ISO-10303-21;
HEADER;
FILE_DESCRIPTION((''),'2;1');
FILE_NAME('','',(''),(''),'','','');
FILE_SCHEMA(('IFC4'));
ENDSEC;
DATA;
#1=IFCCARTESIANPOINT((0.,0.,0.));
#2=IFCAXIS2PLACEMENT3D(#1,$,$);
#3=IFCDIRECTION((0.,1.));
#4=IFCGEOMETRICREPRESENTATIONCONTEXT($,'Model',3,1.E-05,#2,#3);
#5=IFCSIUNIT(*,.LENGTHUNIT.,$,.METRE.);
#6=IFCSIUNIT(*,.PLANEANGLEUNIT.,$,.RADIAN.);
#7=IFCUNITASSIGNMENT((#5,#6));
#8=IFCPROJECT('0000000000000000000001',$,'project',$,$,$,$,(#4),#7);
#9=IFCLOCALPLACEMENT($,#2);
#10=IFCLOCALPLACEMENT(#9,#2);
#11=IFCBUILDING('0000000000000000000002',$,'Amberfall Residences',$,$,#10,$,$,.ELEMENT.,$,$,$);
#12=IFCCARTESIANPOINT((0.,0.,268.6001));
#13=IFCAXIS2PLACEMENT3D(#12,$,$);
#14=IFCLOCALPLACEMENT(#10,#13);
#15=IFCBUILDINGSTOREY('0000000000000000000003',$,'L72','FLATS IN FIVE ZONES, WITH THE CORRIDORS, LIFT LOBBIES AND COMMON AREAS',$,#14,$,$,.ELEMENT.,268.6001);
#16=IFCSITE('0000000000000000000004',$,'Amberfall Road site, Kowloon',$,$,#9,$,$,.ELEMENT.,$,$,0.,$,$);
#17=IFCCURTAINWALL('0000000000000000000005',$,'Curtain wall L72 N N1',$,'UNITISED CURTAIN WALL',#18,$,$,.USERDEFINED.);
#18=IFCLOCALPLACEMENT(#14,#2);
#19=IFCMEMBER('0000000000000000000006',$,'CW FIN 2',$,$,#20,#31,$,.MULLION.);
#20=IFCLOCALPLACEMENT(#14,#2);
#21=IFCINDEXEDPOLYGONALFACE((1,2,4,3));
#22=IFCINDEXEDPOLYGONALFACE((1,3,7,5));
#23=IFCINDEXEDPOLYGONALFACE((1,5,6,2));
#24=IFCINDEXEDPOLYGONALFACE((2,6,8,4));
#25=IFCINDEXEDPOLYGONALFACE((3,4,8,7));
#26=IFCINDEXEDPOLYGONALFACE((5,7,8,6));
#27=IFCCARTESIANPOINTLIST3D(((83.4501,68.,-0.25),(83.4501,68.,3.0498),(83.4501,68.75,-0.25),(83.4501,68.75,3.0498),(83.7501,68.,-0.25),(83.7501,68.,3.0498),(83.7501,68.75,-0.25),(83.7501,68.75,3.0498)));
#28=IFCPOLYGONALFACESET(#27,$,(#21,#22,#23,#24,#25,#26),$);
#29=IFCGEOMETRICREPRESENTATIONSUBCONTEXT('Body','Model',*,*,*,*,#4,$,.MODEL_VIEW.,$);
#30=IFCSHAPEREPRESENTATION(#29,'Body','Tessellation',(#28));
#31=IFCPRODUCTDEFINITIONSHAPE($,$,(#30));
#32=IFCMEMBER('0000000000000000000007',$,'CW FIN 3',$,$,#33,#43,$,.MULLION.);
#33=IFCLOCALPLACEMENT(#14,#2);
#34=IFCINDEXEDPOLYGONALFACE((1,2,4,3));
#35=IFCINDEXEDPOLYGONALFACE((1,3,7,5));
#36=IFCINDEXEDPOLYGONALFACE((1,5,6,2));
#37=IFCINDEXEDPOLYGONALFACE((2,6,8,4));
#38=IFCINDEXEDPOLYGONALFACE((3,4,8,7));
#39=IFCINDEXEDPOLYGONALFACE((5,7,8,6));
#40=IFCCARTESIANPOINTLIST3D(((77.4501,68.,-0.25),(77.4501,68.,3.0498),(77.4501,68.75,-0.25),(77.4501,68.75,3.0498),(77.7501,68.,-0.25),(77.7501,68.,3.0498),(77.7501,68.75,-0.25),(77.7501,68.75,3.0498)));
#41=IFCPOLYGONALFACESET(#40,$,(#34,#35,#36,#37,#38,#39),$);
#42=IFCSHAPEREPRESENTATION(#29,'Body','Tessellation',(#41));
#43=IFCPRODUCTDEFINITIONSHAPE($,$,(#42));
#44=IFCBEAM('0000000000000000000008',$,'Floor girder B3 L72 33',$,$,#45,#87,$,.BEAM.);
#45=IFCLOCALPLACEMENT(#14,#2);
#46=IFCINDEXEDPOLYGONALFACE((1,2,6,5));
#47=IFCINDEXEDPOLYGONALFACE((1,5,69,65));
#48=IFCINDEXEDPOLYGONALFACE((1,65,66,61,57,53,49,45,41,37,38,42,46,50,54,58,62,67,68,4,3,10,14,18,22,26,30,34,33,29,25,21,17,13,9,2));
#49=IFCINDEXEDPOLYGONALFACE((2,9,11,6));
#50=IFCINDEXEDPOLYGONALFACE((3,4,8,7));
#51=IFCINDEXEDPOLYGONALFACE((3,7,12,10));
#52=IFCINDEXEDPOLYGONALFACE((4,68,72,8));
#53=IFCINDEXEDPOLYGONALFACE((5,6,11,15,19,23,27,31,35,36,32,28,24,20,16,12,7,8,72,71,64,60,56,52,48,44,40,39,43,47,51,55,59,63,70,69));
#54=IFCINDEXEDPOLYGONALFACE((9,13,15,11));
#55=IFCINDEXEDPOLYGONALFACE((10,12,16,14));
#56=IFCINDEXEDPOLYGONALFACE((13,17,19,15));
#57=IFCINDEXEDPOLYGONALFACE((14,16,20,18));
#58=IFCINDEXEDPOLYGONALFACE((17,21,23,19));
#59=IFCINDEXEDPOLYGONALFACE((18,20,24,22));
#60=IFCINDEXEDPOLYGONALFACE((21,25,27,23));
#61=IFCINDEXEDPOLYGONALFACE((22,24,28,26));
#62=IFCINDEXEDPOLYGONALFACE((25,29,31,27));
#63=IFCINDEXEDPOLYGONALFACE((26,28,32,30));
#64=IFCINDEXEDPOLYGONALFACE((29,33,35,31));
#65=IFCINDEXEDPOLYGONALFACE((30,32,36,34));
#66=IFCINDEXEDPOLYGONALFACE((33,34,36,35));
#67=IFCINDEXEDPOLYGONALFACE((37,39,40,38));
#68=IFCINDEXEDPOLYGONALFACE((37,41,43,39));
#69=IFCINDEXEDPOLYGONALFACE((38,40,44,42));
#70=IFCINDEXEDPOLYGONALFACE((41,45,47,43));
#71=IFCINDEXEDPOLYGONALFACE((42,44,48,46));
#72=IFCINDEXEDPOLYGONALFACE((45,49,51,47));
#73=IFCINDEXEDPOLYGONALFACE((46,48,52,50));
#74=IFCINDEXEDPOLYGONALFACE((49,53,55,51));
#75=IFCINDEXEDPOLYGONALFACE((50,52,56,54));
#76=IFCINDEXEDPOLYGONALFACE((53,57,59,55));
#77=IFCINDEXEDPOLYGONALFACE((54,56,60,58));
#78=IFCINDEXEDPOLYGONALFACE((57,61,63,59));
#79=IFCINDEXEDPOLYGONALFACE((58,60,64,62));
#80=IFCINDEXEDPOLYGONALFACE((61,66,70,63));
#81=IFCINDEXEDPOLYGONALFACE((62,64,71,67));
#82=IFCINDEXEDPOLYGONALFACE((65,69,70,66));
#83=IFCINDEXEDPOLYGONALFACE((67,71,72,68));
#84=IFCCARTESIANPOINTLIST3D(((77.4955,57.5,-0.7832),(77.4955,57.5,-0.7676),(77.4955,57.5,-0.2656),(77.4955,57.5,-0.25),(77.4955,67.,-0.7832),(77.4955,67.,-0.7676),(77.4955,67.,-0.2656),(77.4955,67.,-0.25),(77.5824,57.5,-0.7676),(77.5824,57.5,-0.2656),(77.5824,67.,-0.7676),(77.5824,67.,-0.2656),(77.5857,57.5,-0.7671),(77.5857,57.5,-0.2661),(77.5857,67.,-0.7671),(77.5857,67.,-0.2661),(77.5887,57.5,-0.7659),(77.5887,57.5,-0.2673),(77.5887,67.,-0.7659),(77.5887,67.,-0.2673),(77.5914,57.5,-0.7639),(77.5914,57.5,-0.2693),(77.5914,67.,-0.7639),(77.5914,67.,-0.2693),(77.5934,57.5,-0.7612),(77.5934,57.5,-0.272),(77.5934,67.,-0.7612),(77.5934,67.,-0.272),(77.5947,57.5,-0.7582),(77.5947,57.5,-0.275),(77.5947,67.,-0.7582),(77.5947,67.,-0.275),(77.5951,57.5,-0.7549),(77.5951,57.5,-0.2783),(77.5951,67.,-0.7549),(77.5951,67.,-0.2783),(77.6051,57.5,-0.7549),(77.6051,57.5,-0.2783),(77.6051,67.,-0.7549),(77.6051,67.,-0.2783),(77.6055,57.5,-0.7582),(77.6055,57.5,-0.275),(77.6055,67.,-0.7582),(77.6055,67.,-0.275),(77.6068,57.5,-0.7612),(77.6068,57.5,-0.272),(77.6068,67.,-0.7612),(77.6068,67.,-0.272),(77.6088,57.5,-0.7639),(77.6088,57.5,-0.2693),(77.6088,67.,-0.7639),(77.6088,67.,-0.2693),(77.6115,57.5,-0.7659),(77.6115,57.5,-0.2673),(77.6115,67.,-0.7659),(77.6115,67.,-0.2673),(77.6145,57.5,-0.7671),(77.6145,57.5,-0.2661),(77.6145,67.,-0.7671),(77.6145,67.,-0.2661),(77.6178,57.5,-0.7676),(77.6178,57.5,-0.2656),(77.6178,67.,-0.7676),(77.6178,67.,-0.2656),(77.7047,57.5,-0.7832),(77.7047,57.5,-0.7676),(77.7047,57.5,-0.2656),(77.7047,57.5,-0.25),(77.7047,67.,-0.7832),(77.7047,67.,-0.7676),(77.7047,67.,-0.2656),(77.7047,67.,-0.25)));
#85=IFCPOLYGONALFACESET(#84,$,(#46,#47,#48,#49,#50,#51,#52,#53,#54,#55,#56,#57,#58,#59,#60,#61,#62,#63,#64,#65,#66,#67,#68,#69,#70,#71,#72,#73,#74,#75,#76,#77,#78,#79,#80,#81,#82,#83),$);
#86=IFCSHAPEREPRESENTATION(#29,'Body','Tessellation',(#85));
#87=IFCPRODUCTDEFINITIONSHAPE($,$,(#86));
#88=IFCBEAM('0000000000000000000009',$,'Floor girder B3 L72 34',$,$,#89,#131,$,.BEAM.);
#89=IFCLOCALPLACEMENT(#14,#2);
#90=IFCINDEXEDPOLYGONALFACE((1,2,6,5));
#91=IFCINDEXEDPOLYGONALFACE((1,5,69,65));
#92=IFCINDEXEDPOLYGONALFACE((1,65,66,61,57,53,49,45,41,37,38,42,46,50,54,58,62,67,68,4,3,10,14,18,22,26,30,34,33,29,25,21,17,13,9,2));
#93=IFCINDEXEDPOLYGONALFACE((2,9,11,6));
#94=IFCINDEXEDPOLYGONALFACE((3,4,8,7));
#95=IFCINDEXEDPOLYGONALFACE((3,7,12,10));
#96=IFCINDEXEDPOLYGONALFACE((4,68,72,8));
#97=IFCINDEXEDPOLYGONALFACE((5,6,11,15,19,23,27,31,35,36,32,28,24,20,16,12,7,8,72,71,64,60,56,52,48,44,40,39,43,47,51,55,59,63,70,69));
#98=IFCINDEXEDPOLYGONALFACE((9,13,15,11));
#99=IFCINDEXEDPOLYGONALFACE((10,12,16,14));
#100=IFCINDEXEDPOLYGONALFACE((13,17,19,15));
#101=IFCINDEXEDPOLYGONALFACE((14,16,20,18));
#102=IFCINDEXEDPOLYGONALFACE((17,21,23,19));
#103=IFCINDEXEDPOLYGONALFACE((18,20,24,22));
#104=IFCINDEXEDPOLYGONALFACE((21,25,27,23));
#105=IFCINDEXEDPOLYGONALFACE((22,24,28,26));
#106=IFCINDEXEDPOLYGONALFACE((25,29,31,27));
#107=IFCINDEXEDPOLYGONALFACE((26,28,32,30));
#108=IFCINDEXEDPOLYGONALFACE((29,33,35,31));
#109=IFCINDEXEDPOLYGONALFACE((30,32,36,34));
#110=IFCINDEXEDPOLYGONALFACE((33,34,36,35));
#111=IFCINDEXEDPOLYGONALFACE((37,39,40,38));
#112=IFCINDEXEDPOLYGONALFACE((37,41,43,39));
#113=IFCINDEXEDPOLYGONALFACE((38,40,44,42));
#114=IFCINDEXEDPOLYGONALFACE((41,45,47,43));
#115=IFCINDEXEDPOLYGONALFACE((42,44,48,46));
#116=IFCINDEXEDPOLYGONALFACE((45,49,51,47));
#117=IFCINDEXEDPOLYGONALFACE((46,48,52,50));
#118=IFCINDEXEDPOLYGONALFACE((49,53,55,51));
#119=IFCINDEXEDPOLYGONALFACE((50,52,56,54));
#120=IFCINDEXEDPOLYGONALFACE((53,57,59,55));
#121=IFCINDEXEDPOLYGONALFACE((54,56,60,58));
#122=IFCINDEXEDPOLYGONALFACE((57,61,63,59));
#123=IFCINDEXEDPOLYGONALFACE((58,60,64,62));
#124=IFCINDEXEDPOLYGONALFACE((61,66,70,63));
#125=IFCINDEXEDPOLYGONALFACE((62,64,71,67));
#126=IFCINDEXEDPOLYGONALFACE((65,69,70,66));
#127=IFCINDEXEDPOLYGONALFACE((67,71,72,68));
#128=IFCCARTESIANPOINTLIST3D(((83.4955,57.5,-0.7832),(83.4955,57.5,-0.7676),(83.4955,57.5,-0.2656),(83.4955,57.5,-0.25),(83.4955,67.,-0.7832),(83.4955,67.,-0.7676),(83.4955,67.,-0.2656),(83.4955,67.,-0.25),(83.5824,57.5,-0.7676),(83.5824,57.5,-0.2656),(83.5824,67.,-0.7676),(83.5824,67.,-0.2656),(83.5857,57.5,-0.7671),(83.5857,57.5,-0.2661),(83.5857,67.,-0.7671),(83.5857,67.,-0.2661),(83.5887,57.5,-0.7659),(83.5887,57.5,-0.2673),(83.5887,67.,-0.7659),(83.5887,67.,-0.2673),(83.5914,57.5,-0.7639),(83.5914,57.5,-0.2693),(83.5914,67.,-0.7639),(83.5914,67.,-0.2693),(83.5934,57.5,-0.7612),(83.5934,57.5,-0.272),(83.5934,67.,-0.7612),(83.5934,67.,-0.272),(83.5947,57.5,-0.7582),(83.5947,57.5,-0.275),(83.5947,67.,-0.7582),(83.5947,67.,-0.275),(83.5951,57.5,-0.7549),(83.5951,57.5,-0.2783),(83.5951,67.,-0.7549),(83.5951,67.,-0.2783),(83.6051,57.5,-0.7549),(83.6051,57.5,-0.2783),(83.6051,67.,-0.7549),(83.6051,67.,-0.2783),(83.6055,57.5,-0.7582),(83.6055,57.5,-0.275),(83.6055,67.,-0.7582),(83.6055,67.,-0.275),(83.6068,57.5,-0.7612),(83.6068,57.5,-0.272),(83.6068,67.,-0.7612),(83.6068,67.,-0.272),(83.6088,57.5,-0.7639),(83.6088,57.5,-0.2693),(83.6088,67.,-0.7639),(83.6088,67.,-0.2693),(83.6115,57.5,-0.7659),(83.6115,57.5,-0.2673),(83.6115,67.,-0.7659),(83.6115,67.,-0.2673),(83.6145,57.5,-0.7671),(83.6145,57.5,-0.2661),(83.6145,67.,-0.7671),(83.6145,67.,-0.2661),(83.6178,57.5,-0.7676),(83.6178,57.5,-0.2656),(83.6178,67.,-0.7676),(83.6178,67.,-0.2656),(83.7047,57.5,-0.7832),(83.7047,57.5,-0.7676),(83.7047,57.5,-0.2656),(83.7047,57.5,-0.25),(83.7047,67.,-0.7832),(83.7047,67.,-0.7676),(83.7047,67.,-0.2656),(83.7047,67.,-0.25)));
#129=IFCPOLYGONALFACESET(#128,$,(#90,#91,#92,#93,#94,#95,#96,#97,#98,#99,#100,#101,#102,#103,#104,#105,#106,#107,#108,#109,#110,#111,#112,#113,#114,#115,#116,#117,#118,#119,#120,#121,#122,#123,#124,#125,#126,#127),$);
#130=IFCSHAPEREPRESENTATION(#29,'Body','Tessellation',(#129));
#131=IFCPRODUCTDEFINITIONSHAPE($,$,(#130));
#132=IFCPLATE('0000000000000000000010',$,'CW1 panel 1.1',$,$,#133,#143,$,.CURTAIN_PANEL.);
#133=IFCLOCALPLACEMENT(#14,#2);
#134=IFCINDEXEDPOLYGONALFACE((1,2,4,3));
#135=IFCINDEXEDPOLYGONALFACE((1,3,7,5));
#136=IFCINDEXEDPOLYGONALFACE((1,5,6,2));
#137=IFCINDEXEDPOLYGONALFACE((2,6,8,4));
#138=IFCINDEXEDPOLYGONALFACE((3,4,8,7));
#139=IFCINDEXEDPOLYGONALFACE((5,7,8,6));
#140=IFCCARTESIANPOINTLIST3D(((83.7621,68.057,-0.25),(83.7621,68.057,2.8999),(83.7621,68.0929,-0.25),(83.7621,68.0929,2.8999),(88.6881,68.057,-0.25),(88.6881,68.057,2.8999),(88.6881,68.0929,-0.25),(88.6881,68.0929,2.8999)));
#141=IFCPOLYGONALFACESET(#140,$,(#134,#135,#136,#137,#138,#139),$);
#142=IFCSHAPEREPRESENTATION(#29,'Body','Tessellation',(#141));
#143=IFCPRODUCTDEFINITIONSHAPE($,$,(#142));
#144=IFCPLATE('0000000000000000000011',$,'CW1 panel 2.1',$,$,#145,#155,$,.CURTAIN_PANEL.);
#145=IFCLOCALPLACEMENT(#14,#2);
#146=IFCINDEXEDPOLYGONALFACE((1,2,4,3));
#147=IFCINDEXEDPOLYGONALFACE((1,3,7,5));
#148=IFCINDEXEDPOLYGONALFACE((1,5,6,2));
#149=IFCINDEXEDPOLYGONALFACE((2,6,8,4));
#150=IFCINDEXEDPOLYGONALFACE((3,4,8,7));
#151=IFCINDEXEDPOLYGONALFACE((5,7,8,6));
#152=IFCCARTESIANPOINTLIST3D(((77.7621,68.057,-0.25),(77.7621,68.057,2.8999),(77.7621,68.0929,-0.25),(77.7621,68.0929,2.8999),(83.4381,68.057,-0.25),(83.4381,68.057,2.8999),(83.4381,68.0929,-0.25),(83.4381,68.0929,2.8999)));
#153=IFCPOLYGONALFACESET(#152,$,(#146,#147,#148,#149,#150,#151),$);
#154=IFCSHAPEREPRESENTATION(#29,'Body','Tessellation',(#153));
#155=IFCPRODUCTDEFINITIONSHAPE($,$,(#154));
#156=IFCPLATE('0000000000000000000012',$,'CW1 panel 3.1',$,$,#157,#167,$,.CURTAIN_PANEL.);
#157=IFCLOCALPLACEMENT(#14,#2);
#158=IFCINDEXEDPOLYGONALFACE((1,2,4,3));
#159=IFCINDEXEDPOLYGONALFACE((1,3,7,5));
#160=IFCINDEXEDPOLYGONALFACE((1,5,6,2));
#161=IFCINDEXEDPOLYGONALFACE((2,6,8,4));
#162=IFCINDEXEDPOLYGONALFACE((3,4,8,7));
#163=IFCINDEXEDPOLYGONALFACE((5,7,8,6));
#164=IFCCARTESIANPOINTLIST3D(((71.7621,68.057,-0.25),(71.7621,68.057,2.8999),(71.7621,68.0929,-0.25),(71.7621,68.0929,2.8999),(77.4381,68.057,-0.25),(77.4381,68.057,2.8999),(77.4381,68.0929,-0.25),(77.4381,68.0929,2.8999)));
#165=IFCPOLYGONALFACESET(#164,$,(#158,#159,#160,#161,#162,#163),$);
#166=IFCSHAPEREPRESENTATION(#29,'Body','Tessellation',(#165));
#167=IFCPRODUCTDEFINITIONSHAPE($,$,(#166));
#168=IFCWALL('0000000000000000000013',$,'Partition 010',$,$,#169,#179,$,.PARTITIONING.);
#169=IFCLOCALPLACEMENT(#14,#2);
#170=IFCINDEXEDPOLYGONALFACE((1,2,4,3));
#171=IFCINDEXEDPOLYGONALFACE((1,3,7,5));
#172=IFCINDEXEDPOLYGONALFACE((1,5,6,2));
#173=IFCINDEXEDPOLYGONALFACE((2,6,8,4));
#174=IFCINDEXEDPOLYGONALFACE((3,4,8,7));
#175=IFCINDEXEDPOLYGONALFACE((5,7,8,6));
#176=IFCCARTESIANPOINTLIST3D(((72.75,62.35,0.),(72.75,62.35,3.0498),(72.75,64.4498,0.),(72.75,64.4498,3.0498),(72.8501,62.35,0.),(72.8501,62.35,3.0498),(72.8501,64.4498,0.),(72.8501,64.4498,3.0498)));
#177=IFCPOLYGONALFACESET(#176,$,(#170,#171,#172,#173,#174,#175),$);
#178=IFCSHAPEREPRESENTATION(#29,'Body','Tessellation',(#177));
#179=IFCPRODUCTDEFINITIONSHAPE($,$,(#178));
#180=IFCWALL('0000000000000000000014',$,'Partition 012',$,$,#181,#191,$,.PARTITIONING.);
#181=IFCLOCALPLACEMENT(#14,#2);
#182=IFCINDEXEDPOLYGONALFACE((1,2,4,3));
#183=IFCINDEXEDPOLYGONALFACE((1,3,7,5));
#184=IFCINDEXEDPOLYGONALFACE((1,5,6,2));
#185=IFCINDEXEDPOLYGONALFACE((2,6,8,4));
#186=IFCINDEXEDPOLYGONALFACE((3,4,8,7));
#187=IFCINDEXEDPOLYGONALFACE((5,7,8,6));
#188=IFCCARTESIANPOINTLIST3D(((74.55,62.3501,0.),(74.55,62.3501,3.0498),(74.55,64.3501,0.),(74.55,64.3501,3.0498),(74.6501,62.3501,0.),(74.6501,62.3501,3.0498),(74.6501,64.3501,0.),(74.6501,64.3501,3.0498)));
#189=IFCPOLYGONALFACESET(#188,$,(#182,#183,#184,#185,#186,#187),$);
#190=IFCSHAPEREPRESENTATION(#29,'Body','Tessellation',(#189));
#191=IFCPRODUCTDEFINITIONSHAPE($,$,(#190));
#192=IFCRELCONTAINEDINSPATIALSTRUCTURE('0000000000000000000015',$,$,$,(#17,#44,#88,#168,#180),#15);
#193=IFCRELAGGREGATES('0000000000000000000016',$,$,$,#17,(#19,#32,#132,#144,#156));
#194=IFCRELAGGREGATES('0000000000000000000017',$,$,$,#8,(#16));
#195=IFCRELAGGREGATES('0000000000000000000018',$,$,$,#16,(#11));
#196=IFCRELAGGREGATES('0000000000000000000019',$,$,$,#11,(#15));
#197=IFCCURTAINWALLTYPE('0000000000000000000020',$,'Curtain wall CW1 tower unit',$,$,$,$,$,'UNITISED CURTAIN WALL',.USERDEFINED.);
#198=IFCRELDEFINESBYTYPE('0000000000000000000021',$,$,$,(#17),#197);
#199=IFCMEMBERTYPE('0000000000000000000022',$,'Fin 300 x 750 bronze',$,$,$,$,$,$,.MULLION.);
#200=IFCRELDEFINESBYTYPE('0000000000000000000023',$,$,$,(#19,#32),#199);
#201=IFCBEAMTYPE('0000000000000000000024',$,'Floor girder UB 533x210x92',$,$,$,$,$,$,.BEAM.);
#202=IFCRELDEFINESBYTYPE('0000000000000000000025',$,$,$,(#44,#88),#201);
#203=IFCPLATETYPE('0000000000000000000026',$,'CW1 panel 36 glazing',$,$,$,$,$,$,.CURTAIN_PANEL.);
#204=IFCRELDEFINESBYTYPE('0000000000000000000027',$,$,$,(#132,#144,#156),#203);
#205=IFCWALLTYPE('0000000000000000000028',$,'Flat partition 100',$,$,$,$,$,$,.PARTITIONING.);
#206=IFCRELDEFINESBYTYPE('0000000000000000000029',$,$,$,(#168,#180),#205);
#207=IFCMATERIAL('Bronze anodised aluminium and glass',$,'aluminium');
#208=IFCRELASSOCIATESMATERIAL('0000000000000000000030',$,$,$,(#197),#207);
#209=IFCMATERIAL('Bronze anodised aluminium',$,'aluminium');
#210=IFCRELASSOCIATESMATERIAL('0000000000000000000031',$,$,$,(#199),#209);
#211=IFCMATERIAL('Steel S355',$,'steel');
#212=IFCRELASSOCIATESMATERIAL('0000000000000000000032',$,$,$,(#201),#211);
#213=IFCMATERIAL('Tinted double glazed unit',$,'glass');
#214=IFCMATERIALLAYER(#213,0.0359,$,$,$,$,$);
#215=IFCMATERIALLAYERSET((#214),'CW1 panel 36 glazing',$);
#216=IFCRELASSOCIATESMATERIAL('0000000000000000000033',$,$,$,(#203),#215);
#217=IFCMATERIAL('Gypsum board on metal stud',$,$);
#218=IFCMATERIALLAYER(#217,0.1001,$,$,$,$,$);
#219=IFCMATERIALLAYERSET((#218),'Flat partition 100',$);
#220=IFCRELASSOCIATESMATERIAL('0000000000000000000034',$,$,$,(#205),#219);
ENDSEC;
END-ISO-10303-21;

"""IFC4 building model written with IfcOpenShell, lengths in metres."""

from ifc_helpers import new_model, si_unit, direction, frame, frame_2d, origin, origin_2d, place, context, subcontext, project, spatial, rectangle, i_section, extrude, material, layer, layer_set, material_profile, profile_set, type_object, element, aggregate, save


model = new_model("IFC4")

# Units and contexts
model_context = context("Model", 3, precision=1e-05, world=origin(), true_north=direction((0.0, 1.0)))
body_context = subcontext(model_context, "Body", "Model", "MODEL_VIEW")
ifc_project = project(units=[si_unit("LENGTHUNIT", "METRE"), si_unit("PLANEANGLEUNIT", "RADIAN")], contexts=[model_context])

# Site, building, storey
site_placement = place(None, origin())
site = spatial("IfcSite", under=ifc_project, at=site_placement, Name="Amberfall Road site, Kowloon", CompositionType="ELEMENT", RefElevation=0.0)
building_placement = place(site_placement, origin())
building = spatial("IfcBuilding", under=site, at=building_placement, Name="Amberfall Residences", CompositionType="ELEMENT")
storey_placement = place(building_placement, frame((0.0, 0.0, 268.6001)))
storey = spatial("IfcBuildingStorey", under=building, at=storey_placement, Name="L72", Description="FLATS IN FIVE ZONES, WITH THE CORRIDORS, LIFT LOBBIES AND COMMON AREAS", CompositionType="ELEMENT", Elevation=268.6001)

# Curtain wall
ifc_material_1 = material(Name="Bronze anodised aluminium and glass", Category="aluminium")
curtain_wall_type = type_object("IfcCurtainWallType", Name="Curtain wall CW1 tower unit", ElementType="UNITISED CURTAIN WALL", PredefinedType="USERDEFINED", material=ifc_material_1)
curtain_wall_placement = place(storey_placement, origin())
curtain_wall = element("IfcCurtainWall", 1, at=curtain_wall_placement, inside=storey, type_object=curtain_wall_type, Name="Curtain wall L72 N N1", ObjectType="UNITISED CURTAIN WALL", PredefinedType="USERDEFINED")
ifc_material_2 = material(Name="Bronze anodised aluminium", Category="aluminium")

# Shared definitions
ifc_material_3 = material(Name="Steel S355", Category="steel")

# Members
ifc_material_profile_1 = material_profile(ifc_material_2, rectangle(XDim=0.75, YDim=0.3, at=origin_2d()), Name="Fin 300 x 750 bronze")
ifc_profile_set_1 = profile_set([ifc_material_profile_1], Name="Bronze anodised aluminium")
member_type_1 = type_object("IfcMemberType", Name="Fin 300 x 750 bronze", PredefinedType="MULLION", material=ifc_profile_set_1)
member_1_placement = place(storey_placement, frame((83.6001, 68.375, -0.25), z_axis=(0.0, 0.0, 1.0), x_axis=(0.0, -1.0, 0.0)))
member_1 = element("IfcMember", 2, at=member_1_placement, type_object=member_type_1, Name="CW FIN 2", PredefinedType="MULLION", context=body_context, shape_type="SweptSolid", body=[
    extrude(rectangle(XDim=0.75, YDim=0.3, at=origin_2d()), origin(), (0.0, 0.0, 1.0), 3.2998),
])
member_2_placement = place(storey_placement, frame((77.6001, 68.375, -0.25), z_axis=(0.0, 0.0, 1.0), x_axis=(0.0, -1.0, 0.0)))
member_2 = element("IfcMember", 3, at=member_2_placement, type_object=member_type_1, Name="CW FIN 3", PredefinedType="MULLION", context=body_context, shape_type="SweptSolid", body=[
    extrude(rectangle(XDim=0.75, YDim=0.3, at=origin_2d()), origin(), (0.0, 0.0, 1.0), 3.2998),
])

# Beams
ifc_material_profile_2 = material_profile(ifc_material_3, i_section(OverallWidth=0.2092, OverallDepth=0.5332, WebThickness=0.01, FlangeThickness=0.0156, FilletRadius=0.0127, at=origin_2d()), Name="UB 533x210x92")
ifc_profile_set_2 = profile_set([ifc_material_profile_2], Name="Steel S355")
beam_type_1 = type_object("IfcBeamType", Name="Floor girder UB 533x210x92", PredefinedType="BEAM", material=ifc_profile_set_2)
for number, where, z_axis, x_axis, name in (
    (4, (77.6001, 67.0, -0.5166), (0.0, -1.0, 0.0), (1.0, 0.0, 0.0), "Floor girder B3 L72 33"),
    (5, (83.6001, 67.0, -0.5166), (0.0, -1.0, 0.0), (1.0, 0.0, 0.0), "Floor girder B3 L72 34"),
):
    element("IfcBeam", number, at=place(storey_placement, frame(where, z_axis=z_axis, x_axis=x_axis)), inside=storey, type_object=beam_type_1, Name=name, PredefinedType="BEAM", context=body_context, shape_type="SweptSolid", body=[
        extrude(i_section(OverallWidth=0.2092, OverallDepth=0.5332, WebThickness=0.01, FlangeThickness=0.0156, FilletRadius=0.0127, at=origin_2d()), origin(), (0.0, 0.0, 1.0), 9.5),
    ])

# Plates
ifc_material_4 = material(Name="Tinted double glazed unit", Category="glass")
ifc_layer_1 = layer(ifc_material_4, 0.0359)
ifc_layer_set_1 = layer_set([ifc_layer_1], Name="CW1 panel 36 glazing")
plate_type = type_object("IfcPlateType", Name="CW1 panel 36 glazing", PredefinedType="CURTAIN_PANEL", material=ifc_layer_set_1)
plate_1_placement = place(storey_placement, frame((86.2251, 68.075, -0.25), z_axis=(0.0, 0.0, 1.0), x_axis=(-1.0, 0.0, 0.0)))
plate_1 = element("IfcPlate", 6, at=plate_1_placement, type_object=plate_type, Name="CW1 panel 1.1", PredefinedType="CURTAIN_PANEL", context=body_context, shape_type="SweptSolid", body=[
    extrude(rectangle(XDim=4.926, YDim=0.0359, at=origin_2d()), origin(), (0.0, 0.0, 1.0), 3.1499),
])
plate_2_placement = place(storey_placement, frame((80.6001, 68.075, -0.25), z_axis=(0.0, 0.0, 1.0), x_axis=(-1.0, 0.0, 0.0)))
plate_2 = element("IfcPlate", 7, at=plate_2_placement, type_object=plate_type, Name="CW1 panel 2.1", PredefinedType="CURTAIN_PANEL", context=body_context, shape_type="SweptSolid", body=[
    extrude(rectangle(XDim=5.676, YDim=0.0359, at=origin_2d()), origin(), (0.0, 0.0, 1.0), 3.1499),
])
plate_3_placement = place(storey_placement, frame((74.6001, 68.075, -0.25), z_axis=(0.0, 0.0, 1.0), x_axis=(-1.0, 0.0, 0.0)))
plate_3 = element("IfcPlate", 8, at=plate_3_placement, type_object=plate_type, Name="CW1 panel 3.1", PredefinedType="CURTAIN_PANEL", context=body_context, shape_type="SweptSolid", body=[
    extrude(rectangle(XDim=5.676, YDim=0.0359, at=origin_2d()), origin(), (0.0, 0.0, 1.0), 3.1499),
])
aggregate(curtain_wall, [member_1, member_2, plate_1, plate_2, plate_3])

# Walls
ifc_material_5 = material(Name="Gypsum board on metal stud")
ifc_layer_2 = layer(ifc_material_5, 0.1001)
ifc_layer_set_2 = layer_set([ifc_layer_2], Name="Flat partition 100")
wall_type_1 = type_object("IfcWallType", Name="Flat partition 100", PredefinedType="PARTITIONING", material=ifc_layer_set_2)
wall_1_placement = place(storey_placement, frame((72.8, 62.3501, 0.0), z_axis=(0.0, 0.0, 1.0), x_axis=(0.0, 1.0, 0.0)))
element("IfcWall", 9, at=wall_1_placement, inside=storey, type_object=wall_type_1, Name="Partition 010", PredefinedType="PARTITIONING", context=body_context, shape_type="SweptSolid", body=[
    extrude(rectangle(XDim=2.0999, YDim=0.1001, at=frame_2d((1.0498, 0.0))), origin(), (0.0, 0.0, 1.0), 3.0498),
])
wall_2_placement = place(storey_placement, frame((74.6001, 62.3501, 0.0), z_axis=(0.0, 0.0, 1.0), x_axis=(0.0, 1.0, 0.0)))
element("IfcWall", 10, at=wall_2_placement, inside=storey, type_object=wall_type_1, Name="Partition 012", PredefinedType="PARTITIONING", context=body_context, shape_type="SweptSolid", body=[
    extrude(rectangle(XDim=2.0, YDim=0.1001, at=frame_2d((1.0, 0.0))), origin(), (0.0, 0.0, 1.0), 3.0498),
])

save(model, "model.ifc")
